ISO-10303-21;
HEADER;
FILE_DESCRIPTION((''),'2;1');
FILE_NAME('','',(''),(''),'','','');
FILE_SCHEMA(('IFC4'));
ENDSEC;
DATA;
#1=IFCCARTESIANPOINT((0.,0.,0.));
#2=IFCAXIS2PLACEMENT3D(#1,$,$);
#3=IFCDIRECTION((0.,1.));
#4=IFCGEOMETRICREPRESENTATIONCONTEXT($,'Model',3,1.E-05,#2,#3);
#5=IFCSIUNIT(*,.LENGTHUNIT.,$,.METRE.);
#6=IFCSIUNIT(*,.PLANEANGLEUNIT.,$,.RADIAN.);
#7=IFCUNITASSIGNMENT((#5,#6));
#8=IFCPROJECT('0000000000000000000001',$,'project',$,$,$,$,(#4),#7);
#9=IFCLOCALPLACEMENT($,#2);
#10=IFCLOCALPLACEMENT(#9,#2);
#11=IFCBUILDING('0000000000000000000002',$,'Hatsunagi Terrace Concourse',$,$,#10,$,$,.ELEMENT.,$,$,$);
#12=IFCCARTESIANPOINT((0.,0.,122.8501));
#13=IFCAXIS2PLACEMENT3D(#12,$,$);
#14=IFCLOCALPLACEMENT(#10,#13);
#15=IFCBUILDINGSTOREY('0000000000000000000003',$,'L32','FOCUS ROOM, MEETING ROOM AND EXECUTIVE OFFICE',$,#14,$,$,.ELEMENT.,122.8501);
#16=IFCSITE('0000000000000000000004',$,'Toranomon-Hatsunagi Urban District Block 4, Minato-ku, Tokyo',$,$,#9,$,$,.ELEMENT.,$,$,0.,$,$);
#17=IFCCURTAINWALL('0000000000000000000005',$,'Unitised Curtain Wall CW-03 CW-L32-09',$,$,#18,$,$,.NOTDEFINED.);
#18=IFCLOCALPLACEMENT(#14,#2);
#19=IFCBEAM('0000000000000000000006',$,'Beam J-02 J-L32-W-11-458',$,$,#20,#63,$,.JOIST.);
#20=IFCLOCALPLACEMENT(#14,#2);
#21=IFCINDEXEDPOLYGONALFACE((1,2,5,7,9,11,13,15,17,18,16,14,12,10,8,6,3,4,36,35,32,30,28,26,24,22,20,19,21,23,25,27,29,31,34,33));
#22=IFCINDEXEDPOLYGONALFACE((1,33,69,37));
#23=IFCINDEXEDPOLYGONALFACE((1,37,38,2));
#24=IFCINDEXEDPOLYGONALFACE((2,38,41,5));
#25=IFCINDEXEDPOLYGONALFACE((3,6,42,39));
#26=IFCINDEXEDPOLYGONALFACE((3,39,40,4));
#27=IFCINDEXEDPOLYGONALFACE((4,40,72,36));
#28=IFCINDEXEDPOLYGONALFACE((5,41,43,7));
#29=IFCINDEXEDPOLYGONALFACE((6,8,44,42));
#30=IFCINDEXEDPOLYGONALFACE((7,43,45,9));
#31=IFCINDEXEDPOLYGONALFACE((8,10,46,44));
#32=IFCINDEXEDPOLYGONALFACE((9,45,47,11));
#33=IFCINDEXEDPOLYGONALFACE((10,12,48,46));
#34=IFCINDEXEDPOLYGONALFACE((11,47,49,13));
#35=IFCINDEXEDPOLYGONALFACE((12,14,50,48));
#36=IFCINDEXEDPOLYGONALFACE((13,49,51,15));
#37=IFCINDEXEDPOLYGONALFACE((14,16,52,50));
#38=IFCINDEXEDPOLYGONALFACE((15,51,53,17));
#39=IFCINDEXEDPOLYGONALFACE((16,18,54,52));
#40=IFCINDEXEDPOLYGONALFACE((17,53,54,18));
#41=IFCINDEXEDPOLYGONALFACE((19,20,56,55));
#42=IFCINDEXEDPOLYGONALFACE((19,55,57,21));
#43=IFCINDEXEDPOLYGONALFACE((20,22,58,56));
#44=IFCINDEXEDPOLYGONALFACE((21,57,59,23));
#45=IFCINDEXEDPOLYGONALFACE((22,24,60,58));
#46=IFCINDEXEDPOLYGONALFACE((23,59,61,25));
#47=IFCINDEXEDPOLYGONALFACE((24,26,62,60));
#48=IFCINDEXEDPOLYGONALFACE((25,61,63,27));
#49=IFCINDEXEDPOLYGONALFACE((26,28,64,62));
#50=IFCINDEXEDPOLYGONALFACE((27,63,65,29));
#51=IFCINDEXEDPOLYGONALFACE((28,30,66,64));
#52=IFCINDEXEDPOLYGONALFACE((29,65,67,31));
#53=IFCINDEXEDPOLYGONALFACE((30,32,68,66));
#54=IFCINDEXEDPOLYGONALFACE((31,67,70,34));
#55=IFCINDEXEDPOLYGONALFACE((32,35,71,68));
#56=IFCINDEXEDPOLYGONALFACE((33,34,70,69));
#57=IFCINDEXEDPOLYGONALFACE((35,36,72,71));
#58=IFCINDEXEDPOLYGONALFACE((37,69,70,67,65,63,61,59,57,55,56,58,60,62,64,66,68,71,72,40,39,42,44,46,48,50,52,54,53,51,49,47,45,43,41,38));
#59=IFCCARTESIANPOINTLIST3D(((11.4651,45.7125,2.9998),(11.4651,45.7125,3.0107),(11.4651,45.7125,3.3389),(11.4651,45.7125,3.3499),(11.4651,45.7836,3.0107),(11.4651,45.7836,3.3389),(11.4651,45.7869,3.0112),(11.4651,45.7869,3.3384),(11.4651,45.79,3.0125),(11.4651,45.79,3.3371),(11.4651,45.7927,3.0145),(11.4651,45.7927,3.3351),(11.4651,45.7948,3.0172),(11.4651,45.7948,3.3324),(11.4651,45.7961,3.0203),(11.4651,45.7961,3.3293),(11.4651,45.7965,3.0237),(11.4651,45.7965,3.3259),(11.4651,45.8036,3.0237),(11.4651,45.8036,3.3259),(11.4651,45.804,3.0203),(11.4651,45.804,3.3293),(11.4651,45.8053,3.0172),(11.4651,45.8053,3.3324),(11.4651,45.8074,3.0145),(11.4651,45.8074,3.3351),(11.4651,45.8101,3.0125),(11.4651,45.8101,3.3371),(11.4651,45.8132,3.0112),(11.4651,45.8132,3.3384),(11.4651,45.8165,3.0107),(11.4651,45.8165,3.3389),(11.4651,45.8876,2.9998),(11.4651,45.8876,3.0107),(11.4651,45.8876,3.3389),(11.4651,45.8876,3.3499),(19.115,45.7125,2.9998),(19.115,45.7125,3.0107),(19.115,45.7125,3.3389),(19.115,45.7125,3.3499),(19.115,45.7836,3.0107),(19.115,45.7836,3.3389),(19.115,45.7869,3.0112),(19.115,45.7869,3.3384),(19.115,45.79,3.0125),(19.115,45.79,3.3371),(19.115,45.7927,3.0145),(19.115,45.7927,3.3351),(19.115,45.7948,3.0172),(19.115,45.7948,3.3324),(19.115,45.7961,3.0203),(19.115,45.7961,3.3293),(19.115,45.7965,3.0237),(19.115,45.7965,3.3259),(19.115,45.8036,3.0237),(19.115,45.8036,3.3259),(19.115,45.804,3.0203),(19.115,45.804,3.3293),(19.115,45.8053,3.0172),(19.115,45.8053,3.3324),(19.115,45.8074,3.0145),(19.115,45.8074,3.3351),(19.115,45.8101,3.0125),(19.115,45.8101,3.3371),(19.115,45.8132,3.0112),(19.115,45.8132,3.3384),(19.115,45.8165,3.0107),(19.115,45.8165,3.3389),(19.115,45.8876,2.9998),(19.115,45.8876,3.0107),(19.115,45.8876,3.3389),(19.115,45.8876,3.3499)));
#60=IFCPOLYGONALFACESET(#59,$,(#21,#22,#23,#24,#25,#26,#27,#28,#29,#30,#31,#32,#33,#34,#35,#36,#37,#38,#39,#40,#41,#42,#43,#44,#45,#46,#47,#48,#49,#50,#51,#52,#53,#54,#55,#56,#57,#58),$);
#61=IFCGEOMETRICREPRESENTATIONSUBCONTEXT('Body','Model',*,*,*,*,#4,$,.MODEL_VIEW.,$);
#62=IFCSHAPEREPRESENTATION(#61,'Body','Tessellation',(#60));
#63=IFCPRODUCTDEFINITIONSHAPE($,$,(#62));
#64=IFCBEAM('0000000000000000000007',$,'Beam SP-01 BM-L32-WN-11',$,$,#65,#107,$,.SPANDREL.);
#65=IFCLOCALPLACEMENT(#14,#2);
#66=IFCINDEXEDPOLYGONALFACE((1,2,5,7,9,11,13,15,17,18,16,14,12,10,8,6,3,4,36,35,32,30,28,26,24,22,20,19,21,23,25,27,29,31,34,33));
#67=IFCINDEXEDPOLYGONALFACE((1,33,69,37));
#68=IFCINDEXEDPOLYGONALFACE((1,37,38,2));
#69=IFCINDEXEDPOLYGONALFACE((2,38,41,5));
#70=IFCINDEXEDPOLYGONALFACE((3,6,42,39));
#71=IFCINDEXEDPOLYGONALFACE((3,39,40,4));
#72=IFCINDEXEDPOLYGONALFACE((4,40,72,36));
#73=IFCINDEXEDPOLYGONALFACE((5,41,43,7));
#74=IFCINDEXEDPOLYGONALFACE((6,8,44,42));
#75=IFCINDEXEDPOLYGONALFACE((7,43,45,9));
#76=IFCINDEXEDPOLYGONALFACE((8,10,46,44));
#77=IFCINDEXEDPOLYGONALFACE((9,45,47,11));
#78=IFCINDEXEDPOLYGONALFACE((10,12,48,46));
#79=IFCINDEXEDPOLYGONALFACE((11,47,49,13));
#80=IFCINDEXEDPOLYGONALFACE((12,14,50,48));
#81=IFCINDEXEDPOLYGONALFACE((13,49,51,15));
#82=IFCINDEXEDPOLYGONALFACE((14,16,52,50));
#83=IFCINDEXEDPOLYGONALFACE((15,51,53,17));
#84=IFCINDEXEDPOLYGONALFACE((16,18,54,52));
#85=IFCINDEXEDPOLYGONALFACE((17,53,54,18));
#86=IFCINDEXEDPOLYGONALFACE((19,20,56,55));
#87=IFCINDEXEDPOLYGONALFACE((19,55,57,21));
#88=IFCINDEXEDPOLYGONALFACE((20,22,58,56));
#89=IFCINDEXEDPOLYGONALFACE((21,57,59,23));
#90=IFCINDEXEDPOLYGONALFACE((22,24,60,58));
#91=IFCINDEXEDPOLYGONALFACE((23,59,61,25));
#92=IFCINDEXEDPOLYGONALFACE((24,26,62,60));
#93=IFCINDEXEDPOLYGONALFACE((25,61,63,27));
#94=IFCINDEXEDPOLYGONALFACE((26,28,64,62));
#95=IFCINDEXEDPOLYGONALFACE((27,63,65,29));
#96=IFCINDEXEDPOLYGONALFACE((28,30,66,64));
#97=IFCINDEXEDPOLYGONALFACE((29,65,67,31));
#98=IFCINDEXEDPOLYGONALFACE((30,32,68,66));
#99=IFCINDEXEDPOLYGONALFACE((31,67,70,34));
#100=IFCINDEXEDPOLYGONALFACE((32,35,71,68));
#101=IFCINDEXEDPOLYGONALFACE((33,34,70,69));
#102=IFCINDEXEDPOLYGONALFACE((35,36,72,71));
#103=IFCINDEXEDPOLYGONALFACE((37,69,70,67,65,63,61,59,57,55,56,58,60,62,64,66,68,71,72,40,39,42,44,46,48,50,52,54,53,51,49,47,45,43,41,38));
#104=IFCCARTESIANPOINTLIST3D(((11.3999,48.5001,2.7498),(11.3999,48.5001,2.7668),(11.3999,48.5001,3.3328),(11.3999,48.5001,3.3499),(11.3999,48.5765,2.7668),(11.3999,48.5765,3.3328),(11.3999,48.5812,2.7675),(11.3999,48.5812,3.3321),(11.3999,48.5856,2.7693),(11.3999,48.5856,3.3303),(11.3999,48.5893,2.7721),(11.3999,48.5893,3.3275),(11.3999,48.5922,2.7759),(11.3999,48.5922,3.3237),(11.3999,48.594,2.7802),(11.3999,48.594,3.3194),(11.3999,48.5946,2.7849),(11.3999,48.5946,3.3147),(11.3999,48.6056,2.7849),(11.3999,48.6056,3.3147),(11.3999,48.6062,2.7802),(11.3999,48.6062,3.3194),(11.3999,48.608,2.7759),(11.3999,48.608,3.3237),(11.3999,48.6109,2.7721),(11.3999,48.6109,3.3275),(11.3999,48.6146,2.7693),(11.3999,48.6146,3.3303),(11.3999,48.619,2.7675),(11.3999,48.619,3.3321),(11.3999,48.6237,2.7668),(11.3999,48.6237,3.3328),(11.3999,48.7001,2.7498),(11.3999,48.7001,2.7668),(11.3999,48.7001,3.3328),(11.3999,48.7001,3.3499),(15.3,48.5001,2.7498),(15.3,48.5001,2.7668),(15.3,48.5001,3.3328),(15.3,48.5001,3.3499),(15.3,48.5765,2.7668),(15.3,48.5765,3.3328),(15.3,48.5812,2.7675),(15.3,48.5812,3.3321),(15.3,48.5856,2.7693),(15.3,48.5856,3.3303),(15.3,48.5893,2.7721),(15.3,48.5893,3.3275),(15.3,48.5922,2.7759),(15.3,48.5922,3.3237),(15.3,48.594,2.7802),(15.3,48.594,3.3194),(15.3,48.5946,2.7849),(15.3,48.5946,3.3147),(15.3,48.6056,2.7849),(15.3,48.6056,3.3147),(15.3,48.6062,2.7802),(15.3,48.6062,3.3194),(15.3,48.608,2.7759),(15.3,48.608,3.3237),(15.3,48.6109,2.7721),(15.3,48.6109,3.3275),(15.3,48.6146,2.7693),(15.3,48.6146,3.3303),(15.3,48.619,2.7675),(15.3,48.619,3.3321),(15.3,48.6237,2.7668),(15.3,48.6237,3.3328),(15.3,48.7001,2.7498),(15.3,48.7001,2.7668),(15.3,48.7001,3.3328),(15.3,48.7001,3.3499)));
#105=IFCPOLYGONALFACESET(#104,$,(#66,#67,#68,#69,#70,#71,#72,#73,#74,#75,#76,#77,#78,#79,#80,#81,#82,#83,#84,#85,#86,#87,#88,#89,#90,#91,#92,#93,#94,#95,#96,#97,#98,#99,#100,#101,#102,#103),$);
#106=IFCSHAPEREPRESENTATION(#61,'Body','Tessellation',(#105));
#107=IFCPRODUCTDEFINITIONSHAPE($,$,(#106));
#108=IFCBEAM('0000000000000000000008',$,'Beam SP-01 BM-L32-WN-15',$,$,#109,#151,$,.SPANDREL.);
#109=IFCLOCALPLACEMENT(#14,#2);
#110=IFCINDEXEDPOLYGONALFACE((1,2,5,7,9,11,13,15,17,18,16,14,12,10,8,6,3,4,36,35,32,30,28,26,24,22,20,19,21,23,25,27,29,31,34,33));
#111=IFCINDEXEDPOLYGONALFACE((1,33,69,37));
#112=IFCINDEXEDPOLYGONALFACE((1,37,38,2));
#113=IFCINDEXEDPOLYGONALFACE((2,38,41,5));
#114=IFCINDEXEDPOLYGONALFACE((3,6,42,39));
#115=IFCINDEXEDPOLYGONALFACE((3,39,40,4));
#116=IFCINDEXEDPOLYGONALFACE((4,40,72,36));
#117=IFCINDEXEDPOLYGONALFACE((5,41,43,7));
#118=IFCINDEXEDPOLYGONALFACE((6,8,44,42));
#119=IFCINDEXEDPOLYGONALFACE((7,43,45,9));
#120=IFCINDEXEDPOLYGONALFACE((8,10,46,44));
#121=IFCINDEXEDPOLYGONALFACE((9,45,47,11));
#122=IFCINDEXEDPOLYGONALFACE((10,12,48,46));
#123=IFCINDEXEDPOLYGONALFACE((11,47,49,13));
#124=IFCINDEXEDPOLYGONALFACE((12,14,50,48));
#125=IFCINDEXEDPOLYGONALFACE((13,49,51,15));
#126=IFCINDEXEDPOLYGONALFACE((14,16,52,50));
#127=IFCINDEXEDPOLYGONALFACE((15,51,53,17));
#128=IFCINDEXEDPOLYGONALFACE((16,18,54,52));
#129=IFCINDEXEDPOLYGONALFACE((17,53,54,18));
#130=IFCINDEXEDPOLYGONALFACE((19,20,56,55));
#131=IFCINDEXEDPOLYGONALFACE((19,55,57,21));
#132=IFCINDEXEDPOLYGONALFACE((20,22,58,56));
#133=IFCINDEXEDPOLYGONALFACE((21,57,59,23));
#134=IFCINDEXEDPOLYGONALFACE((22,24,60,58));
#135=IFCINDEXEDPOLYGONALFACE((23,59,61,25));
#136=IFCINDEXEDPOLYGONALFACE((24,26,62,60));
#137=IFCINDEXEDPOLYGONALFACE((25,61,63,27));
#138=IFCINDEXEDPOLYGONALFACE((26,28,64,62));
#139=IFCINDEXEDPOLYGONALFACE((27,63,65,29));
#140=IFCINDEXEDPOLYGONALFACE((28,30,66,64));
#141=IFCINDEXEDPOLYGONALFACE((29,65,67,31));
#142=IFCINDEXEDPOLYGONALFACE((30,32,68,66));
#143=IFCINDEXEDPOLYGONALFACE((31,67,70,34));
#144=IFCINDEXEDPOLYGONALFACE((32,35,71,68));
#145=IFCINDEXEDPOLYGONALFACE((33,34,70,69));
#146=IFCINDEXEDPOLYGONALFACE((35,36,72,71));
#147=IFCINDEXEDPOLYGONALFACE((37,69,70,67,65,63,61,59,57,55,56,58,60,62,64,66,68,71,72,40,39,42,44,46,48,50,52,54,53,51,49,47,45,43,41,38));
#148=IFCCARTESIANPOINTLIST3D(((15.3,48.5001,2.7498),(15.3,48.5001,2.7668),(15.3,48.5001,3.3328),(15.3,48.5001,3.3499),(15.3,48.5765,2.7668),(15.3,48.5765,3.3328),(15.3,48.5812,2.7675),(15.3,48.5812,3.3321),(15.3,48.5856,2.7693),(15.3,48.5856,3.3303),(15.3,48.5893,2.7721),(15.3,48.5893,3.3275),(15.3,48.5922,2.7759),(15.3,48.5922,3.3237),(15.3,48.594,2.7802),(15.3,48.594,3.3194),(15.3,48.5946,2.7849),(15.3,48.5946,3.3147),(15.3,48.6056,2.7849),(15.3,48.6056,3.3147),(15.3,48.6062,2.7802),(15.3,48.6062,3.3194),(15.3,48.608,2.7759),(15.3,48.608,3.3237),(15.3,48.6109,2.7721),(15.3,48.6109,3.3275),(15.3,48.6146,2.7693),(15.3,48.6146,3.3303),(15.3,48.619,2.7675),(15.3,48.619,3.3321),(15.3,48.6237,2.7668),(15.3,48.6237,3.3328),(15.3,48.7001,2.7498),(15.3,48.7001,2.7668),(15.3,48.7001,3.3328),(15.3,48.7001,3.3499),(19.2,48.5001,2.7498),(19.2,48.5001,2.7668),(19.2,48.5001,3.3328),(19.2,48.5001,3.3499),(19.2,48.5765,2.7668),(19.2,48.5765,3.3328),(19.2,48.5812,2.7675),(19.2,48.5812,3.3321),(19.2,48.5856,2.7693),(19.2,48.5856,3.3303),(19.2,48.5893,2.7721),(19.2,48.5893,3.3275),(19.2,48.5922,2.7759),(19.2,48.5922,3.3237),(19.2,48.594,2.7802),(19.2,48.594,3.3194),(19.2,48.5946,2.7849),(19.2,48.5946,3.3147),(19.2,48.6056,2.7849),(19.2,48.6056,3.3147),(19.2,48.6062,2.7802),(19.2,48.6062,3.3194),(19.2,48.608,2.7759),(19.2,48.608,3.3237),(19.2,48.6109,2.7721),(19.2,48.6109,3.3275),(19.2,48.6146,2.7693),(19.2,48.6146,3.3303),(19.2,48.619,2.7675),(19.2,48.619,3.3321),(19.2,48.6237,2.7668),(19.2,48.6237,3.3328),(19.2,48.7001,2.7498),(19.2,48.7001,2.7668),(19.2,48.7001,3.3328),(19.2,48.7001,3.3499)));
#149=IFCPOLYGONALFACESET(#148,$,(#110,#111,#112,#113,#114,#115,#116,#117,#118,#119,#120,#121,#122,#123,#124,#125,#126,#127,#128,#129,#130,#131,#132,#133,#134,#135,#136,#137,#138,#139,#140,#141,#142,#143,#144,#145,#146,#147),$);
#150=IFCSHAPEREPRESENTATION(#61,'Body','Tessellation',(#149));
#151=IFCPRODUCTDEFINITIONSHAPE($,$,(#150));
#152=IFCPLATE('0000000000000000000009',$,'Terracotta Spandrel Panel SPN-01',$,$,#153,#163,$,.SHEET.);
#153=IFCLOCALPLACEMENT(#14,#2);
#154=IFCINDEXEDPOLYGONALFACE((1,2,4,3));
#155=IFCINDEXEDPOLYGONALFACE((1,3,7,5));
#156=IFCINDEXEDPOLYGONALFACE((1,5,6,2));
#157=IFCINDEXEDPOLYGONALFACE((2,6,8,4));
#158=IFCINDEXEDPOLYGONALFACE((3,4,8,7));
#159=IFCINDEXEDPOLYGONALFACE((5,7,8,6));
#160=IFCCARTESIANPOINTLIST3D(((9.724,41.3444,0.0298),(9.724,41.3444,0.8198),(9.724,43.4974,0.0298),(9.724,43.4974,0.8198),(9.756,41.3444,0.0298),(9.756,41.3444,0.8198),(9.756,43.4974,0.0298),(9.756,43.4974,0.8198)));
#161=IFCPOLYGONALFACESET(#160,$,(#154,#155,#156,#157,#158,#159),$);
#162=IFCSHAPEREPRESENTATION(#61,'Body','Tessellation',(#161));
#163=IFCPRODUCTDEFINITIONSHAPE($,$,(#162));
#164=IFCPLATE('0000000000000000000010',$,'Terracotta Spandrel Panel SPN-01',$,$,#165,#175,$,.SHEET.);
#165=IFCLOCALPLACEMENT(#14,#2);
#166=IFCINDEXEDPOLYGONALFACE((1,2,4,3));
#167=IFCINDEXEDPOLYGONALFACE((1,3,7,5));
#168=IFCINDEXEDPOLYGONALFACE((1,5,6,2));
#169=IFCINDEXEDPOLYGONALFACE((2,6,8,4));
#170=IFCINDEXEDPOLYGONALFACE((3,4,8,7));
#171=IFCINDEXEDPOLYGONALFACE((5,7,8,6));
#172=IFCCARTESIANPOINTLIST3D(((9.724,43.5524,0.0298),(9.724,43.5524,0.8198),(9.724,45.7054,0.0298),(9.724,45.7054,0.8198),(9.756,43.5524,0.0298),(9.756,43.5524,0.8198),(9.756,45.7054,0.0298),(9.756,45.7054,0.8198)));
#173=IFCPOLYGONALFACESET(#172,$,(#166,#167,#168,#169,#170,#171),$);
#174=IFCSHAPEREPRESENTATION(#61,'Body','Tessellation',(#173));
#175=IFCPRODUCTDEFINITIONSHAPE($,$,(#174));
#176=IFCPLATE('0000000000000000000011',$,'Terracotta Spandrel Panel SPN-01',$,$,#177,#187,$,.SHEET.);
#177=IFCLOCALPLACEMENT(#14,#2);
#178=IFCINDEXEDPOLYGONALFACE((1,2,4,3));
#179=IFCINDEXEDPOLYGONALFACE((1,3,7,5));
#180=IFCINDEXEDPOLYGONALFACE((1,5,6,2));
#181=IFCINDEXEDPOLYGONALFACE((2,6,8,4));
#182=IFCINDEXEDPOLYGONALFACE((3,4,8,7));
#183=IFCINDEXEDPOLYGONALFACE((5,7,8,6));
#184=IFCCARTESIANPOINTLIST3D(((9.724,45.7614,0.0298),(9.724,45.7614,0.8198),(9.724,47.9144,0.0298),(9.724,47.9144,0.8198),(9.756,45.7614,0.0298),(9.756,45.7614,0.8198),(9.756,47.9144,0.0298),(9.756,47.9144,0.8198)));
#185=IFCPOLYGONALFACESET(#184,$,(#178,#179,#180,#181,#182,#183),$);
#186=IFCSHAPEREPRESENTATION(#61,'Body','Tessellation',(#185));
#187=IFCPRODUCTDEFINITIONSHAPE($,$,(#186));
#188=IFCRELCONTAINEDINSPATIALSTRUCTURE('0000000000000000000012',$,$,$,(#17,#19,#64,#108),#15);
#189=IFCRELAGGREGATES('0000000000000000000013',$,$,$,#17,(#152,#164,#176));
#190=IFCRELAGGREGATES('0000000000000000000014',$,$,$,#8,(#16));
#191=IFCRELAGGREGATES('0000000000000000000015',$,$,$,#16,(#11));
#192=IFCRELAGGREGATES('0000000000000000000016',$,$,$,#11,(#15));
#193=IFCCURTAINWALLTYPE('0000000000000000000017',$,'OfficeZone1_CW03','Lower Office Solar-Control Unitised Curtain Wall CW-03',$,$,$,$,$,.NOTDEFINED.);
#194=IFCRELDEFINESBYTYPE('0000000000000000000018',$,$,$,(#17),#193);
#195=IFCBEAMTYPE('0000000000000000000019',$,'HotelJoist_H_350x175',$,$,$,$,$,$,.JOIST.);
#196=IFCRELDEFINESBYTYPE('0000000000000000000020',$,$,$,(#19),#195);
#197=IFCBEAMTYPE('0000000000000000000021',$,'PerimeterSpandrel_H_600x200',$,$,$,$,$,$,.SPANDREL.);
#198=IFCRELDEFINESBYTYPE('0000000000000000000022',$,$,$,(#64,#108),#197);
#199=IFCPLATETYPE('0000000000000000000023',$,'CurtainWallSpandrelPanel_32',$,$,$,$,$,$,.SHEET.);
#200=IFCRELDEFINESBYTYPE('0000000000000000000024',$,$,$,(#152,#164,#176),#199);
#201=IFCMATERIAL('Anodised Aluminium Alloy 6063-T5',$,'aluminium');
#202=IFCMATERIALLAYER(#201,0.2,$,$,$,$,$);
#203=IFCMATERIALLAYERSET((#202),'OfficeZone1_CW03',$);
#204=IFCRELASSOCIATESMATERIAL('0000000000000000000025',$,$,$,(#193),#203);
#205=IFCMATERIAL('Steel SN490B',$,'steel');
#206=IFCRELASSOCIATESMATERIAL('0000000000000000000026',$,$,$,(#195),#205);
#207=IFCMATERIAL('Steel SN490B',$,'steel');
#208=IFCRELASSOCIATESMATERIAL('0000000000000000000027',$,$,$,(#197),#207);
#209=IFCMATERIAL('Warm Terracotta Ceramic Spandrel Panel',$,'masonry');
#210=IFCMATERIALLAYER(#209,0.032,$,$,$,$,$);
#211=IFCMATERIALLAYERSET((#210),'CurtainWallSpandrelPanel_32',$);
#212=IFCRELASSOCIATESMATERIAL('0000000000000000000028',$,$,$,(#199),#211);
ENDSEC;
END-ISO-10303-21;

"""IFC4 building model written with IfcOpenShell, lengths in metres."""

from ifc_helpers import new_model, si_unit, direction, frame, origin, origin_2d, place, context, subcontext, project, spatial, rectangle, i_section, extrude, material, layer, layer_set, material_profile, profile_set, type_object, element, aggregate, save


model = new_model("IFC4")

# Units and contexts
model_context = context("Model", 3, precision=1e-05, world=origin(), true_north=direction((0.0, 1.0)))
body_context = subcontext(model_context, "Body", "Model", "MODEL_VIEW")
ifc_project = project(units=[si_unit("LENGTHUNIT", "METRE"), si_unit("PLANEANGLEUNIT", "RADIAN")], contexts=[model_context])

# Site, building, storey
site_placement = place(None, origin())
site = spatial("IfcSite", under=ifc_project, at=site_placement, Name="Toranomon-Hatsunagi Urban District Block 4, Minato-ku, Tokyo", CompositionType="ELEMENT", RefElevation=0.0)
building_placement = place(site_placement, origin())
building = spatial("IfcBuilding", under=site, at=building_placement, Name="Hatsunagi Terrace Concourse", CompositionType="ELEMENT")
storey_placement = place(building_placement, frame((0.0, 0.0, 122.8501)))
storey = spatial("IfcBuildingStorey", under=building, at=storey_placement, Name="L32", Description="FOCUS ROOM, MEETING ROOM AND EXECUTIVE OFFICE", CompositionType="ELEMENT", Elevation=122.8501)

# Curtain wall
ifc_material_1 = material(Name="Anodised Aluminium Alloy 6063-T5", Category="aluminium")
ifc_layer_1 = layer(ifc_material_1, 0.2)
ifc_layer_set_1 = layer_set([ifc_layer_1], Name="OfficeZone1_CW03")
curtain_wall_type = type_object("IfcCurtainWallType", Name="OfficeZone1_CW03", Description="Lower Office Solar-Control Unitised Curtain Wall CW-03", PredefinedType="NOTDEFINED", material=ifc_layer_set_1)
curtain_wall_placement = place(storey_placement, origin())
curtain_wall = element("IfcCurtainWall", 1, at=curtain_wall_placement, inside=storey, type_object=curtain_wall_type, Name="Unitised Curtain Wall CW-03 CW-L32-09", PredefinedType="NOTDEFINED")

# Beams
ifc_material_2 = material(Name="Steel SN490B", Category="steel")
ifc_material_profile_1 = material_profile(ifc_material_2, i_section(OverallWidth=0.175, OverallDepth=0.3501, WebThickness=0.0071, FlangeThickness=0.011, FilletRadius=0.0129, at=origin_2d()), Name="H-350x175x7x11")
ifc_profile_set_1 = profile_set([ifc_material_profile_1], Name="Steel SN490B")
beam_type_1 = type_object("IfcBeamType", Name="HotelJoist_H_350x175", PredefinedType="JOIST", material=ifc_profile_set_1)
for number, where, z_axis, x_axis, name in (
    (2, (11.4651, 45.8, 3.1748), (1.0, 0.0, 0.0), (0.0, 1.0, 0.0), "Beam J-02 J-L32-W-11-458"),
):
    element("IfcBeam", number, at=place(storey_placement, frame(where, z_axis=z_axis, x_axis=x_axis)), inside=storey, type_object=beam_type_1, Name=name, PredefinedType="JOIST", context=body_context, shape_type="SweptSolid", body=[
        extrude(i_section(OverallWidth=0.175, OverallDepth=0.3501, WebThickness=0.0071, FlangeThickness=0.011, FilletRadius=0.0129, at=origin_2d()), origin(), (0.0, 0.0, 1.0), 7.6499),
    ])
ifc_material_3 = material(Name="Steel SN490B", Category="steel")
ifc_material_profile_2 = material_profile(ifc_material_3, i_section(OverallWidth=0.2, OverallDepth=0.6001, WebThickness=0.011, FlangeThickness=0.0171, FilletRadius=0.0181, at=origin_2d()), Name="H-600x200x11x17")
ifc_profile_set_2 = profile_set([ifc_material_profile_2], Name="Steel SN490B")
beam_type_2 = type_object("IfcBeamType", Name="PerimeterSpandrel_H_600x200", PredefinedType="SPANDREL", material=ifc_profile_set_2)
beam_1_placement = place(storey_placement, frame((11.3999, 48.6001, 3.0498), z_axis=(1.0, 0.0, 0.0), x_axis=(0.0, 1.0, 0.0)))
element("IfcBeam", 3, at=beam_1_placement, inside=storey, type_object=beam_type_2, Name="Beam SP-01 BM-L32-WN-11", PredefinedType="SPANDREL", context=body_context, shape_type="SweptSolid", body=[
    extrude(i_section(OverallWidth=0.2, OverallDepth=0.6001, WebThickness=0.011, FlangeThickness=0.0171, FilletRadius=0.0181, at=origin_2d()), origin(), (0.0, 0.0, 1.0), 3.9001),
])
beam_2_placement = place(storey_placement, frame((15.3, 48.6001, 3.0498), z_axis=(1.0, 0.0, 0.0), x_axis=(0.0, 1.0, 0.0)))
element("IfcBeam", 4, at=beam_2_placement, inside=storey, type_object=beam_type_2, Name="Beam SP-01 BM-L32-WN-15", PredefinedType="SPANDREL", context=body_context, shape_type="SweptSolid", body=[
    extrude(i_section(OverallWidth=0.2, OverallDepth=0.6001, WebThickness=0.011, FlangeThickness=0.0171, FilletRadius=0.0181, at=origin_2d()), origin(), (0.0, 0.0, 1.0), 3.8999),
])

# Plates
ifc_material_4 = material(Name="Warm Terracotta Ceramic Spandrel Panel", Category="masonry")
ifc_layer_2 = layer(ifc_material_4, 0.032)
ifc_layer_set_2 = layer_set([ifc_layer_2], Name="CurtainWallSpandrelPanel_32")
plate_type_1 = type_object("IfcPlateType", Name="CurtainWallSpandrelPanel_32", PredefinedType="SHEET", material=ifc_layer_set_2)
plate_1_placement = place(storey_placement, frame((9.74, 42.4209, 0.0298), z_axis=(0.0, 0.0, 1.0), x_axis=(0.0, 1.0, 0.0)))
plate_1 = element("IfcPlate", 5, at=plate_1_placement, type_object=plate_type_1, Name="Terracotta Spandrel Panel SPN-01", PredefinedType="SHEET", context=body_context, shape_type="SweptSolid", body=[
    extrude(rectangle(XDim=2.1531, YDim=0.032, at=origin_2d()), origin(), (0.0, 0.0, 1.0), 0.79),
])
plate_2_placement = place(storey_placement, frame((9.74, 44.6289, 0.0298), z_axis=(0.0, 0.0, 1.0), x_axis=(0.0, 1.0, 0.0)))
plate_2 = element("IfcPlate", 6, at=plate_2_placement, type_object=plate_type_1, Name="Terracotta Spandrel Panel SPN-01", PredefinedType="SHEET", context=body_context, shape_type="SweptSolid", body=[
    extrude(rectangle(XDim=2.1531, YDim=0.032, at=origin_2d()), origin(), (0.0, 0.0, 1.0), 0.79),
])
plate_3_placement = place(storey_placement, frame((9.74, 46.8379, 0.0298), z_axis=(0.0, 0.0, 1.0), x_axis=(0.0, 1.0, 0.0)))
plate_3 = element("IfcPlate", 7, at=plate_3_placement, type_object=plate_type_1, Name="Terracotta Spandrel Panel SPN-01", PredefinedType="SHEET", context=body_context, shape_type="SweptSolid", body=[
    extrude(rectangle(XDim=2.1531, YDim=0.032, at=origin_2d()), origin(), (0.0, 0.0, 1.0), 0.79),
])
aggregate(curtain_wall, [plate_1, plate_2, plate_3])

save(model, "model.ifc")
